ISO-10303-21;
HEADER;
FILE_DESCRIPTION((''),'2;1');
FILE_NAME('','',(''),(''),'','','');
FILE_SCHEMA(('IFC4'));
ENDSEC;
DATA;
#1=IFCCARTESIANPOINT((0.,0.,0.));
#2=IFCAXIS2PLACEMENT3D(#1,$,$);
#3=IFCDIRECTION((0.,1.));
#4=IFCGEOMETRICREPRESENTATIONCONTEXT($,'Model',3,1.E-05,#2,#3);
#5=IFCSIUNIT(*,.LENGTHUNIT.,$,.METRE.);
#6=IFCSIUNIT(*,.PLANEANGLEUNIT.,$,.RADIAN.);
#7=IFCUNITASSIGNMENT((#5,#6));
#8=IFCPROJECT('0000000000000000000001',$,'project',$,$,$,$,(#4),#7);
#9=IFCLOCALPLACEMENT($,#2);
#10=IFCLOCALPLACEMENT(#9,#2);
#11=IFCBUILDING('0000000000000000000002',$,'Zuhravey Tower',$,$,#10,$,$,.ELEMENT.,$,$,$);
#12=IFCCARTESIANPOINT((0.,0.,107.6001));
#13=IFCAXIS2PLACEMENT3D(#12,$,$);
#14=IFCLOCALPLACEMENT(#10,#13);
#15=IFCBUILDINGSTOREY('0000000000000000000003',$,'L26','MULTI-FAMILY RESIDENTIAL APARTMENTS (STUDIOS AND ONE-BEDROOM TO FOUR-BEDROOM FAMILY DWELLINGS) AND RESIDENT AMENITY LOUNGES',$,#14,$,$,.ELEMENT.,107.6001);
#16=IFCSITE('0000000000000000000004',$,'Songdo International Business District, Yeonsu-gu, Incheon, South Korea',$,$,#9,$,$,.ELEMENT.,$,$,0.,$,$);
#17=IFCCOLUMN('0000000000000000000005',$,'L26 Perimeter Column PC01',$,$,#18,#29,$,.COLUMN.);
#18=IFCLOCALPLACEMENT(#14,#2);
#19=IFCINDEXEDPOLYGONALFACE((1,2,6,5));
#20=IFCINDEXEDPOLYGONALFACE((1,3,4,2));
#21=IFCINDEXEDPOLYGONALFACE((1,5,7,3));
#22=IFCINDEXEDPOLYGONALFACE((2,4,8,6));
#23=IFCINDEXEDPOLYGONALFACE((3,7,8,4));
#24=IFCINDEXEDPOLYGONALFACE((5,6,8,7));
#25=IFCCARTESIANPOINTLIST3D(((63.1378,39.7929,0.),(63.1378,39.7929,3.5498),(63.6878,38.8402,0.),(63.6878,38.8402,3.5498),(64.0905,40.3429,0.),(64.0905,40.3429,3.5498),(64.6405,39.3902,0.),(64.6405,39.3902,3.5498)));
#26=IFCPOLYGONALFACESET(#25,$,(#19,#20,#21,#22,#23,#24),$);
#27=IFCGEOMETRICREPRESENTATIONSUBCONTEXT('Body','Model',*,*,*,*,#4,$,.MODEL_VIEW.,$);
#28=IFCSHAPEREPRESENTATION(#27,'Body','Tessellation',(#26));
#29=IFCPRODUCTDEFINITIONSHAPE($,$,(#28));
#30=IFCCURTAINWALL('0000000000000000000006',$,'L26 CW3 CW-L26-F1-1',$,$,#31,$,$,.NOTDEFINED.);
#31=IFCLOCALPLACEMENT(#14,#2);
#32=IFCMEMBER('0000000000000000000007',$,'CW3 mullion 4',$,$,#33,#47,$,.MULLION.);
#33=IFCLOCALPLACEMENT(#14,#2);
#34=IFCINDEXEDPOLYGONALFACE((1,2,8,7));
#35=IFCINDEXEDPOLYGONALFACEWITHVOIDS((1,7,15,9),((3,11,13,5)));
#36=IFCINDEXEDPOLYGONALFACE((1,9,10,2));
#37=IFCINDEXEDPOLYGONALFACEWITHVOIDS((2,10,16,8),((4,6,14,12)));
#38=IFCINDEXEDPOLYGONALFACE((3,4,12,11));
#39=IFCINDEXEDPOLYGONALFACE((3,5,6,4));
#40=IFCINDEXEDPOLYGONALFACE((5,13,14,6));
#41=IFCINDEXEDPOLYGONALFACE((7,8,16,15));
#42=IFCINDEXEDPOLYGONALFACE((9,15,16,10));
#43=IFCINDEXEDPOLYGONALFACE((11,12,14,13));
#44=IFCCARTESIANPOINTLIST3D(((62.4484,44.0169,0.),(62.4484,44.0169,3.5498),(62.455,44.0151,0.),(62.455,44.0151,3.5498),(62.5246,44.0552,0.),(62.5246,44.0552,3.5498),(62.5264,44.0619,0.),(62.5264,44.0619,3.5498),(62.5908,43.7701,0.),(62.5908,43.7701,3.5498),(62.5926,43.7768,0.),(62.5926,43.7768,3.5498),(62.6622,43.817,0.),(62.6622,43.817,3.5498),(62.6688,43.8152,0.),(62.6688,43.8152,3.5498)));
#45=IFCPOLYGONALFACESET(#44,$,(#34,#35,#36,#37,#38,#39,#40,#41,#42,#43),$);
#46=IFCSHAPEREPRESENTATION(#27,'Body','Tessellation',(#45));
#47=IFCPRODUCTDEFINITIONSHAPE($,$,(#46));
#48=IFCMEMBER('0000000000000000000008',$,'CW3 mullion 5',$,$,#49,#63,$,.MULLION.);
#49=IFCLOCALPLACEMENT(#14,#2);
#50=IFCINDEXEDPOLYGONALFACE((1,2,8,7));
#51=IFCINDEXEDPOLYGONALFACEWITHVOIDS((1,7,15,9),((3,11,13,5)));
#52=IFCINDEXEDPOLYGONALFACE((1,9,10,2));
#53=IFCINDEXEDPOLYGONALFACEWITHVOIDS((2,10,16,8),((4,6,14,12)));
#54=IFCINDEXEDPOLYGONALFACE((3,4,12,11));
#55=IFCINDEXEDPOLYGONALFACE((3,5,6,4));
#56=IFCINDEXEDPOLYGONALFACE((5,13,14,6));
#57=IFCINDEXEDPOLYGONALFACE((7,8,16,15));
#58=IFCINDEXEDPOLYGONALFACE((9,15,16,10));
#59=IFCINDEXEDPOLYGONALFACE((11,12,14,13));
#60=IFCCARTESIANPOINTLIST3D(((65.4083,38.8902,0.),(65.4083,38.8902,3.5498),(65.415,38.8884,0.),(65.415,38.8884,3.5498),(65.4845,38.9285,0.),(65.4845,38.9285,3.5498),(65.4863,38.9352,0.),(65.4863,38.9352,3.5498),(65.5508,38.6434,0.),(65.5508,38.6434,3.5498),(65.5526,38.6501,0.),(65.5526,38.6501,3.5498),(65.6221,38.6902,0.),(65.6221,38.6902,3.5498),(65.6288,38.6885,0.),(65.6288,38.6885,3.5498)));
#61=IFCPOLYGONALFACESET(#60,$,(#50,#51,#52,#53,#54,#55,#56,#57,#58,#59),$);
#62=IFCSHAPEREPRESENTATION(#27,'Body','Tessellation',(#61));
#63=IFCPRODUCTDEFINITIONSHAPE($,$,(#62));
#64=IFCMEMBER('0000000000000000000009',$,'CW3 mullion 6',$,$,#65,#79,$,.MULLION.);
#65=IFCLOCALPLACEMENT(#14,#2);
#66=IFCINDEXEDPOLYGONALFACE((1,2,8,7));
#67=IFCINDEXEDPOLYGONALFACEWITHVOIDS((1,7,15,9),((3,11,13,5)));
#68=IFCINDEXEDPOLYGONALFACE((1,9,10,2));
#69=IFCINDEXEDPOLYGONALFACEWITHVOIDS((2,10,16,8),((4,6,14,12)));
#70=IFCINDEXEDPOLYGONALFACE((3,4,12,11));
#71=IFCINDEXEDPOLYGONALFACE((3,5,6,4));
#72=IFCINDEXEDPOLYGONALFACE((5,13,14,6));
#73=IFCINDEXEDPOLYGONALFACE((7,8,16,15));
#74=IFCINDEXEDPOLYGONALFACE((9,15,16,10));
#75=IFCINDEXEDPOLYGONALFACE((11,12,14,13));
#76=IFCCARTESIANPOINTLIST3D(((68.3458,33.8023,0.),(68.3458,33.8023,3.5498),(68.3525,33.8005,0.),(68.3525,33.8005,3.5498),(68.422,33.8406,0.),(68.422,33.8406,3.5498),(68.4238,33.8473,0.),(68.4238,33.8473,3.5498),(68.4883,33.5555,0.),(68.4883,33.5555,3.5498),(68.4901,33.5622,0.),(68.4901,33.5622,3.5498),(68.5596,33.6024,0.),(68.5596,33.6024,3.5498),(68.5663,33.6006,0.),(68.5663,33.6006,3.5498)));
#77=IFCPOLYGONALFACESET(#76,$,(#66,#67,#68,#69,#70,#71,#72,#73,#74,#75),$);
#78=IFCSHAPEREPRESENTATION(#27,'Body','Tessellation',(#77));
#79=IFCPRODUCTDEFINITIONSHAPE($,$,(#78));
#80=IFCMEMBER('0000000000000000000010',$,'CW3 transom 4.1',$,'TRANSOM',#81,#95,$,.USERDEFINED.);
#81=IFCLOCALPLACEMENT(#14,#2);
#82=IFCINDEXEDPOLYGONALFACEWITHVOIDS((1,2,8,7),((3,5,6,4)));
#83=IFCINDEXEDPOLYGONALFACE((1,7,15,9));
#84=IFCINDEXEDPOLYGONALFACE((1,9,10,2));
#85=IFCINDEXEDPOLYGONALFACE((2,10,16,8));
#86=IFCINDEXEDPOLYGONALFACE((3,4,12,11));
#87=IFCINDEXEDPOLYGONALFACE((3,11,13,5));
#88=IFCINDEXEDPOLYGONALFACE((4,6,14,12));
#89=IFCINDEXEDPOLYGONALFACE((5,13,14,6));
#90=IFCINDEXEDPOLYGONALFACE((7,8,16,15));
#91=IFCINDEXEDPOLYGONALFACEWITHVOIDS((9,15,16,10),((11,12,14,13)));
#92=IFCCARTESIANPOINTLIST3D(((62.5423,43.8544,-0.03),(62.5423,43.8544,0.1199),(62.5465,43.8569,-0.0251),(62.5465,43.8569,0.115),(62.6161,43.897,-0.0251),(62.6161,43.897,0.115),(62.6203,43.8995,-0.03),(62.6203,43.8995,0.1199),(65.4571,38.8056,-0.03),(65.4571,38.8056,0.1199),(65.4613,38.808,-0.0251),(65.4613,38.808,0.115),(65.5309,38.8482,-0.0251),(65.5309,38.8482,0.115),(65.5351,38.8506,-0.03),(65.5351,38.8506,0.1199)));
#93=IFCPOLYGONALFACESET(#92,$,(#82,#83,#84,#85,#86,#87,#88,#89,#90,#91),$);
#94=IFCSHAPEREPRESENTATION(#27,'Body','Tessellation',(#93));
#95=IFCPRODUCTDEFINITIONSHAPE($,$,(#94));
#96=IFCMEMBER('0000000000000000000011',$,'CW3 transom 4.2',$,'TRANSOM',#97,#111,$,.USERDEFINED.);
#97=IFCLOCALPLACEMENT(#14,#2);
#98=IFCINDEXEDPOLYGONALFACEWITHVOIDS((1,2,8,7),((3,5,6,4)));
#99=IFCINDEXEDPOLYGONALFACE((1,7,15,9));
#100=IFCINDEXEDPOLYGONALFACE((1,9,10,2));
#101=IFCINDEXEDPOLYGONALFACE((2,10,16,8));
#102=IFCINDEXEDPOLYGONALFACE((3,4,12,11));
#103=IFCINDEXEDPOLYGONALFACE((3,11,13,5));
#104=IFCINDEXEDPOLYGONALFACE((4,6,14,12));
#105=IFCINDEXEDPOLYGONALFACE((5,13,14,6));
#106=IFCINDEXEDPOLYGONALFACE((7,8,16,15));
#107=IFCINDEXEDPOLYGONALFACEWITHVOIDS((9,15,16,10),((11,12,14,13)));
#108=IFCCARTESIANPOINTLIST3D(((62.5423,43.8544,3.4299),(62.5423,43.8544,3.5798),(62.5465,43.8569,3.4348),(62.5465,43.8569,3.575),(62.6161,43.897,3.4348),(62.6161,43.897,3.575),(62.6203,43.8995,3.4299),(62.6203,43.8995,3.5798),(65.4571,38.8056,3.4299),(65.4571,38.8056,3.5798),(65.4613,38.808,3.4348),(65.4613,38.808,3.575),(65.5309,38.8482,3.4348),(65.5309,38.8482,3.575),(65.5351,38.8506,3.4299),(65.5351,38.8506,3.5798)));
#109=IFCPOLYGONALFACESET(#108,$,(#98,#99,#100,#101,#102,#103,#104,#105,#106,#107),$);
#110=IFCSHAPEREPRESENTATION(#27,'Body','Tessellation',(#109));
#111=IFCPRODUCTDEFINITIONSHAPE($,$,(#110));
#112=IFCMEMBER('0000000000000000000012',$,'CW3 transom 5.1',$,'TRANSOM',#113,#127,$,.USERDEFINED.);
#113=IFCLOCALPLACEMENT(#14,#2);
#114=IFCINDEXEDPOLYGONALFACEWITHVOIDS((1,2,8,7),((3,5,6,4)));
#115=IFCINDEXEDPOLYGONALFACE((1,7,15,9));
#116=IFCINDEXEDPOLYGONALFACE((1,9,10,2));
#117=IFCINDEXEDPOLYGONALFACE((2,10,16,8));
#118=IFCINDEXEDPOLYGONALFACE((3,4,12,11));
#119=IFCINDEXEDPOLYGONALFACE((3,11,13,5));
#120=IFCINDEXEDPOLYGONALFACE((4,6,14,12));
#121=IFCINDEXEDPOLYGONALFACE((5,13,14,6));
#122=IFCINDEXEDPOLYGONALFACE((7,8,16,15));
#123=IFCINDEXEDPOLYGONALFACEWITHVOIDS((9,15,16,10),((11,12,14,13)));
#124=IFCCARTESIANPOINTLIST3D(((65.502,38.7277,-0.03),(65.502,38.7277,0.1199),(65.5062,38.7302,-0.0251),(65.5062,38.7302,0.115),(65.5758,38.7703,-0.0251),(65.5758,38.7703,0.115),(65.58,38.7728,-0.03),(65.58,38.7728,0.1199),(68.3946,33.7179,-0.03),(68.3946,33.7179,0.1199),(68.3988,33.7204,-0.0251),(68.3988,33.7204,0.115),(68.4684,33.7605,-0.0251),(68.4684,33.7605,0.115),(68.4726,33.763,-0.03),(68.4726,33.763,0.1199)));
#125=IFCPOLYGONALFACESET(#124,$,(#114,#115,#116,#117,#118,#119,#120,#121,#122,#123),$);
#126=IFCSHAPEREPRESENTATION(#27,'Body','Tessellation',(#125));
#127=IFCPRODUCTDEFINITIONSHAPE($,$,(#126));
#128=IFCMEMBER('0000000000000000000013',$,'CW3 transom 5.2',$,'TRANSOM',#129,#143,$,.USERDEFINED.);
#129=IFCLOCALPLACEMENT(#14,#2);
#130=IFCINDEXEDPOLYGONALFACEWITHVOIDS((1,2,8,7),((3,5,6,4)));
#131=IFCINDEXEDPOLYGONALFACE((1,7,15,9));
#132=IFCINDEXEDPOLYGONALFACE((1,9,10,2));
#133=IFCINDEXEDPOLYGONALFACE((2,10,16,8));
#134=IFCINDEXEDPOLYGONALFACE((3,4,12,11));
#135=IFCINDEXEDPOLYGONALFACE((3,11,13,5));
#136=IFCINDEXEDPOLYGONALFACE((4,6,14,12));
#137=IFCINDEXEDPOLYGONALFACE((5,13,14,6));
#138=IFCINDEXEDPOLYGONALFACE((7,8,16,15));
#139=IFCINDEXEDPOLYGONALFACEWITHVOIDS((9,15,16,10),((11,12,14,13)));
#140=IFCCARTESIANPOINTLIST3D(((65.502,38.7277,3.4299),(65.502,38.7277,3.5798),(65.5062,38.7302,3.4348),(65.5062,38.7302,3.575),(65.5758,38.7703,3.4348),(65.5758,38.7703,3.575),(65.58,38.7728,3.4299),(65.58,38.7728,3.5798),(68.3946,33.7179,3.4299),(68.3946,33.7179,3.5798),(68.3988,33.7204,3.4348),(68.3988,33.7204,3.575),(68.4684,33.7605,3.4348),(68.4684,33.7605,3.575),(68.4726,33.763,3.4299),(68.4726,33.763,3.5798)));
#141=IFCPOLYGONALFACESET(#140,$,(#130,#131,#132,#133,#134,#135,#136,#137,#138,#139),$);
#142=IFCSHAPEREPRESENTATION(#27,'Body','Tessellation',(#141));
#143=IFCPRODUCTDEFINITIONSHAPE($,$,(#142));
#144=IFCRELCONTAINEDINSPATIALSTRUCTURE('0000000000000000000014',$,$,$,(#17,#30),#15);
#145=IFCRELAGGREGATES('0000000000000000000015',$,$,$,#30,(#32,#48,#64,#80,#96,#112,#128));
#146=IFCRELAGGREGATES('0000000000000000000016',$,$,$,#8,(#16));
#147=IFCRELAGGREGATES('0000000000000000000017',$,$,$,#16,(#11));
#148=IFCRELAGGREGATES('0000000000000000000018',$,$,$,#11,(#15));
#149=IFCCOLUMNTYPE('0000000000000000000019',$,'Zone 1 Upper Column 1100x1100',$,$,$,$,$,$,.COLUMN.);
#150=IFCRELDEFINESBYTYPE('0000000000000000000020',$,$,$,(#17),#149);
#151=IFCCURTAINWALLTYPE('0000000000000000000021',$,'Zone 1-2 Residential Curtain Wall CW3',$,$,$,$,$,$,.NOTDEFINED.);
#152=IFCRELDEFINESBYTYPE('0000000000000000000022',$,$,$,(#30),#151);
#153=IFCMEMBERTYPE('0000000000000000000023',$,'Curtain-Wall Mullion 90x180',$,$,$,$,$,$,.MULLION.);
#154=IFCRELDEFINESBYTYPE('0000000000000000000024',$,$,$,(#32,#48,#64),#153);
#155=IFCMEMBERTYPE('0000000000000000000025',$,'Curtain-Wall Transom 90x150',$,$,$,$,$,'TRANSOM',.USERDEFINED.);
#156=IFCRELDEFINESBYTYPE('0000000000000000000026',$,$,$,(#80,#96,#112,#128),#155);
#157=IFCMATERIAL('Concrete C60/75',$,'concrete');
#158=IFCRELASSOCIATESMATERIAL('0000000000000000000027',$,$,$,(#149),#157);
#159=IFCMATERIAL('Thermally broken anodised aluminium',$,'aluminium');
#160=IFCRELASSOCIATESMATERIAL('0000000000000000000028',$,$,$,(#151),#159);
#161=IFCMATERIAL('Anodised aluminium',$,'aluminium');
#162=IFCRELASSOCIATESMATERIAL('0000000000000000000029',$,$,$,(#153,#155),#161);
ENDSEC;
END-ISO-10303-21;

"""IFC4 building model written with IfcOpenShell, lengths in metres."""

from ifc_helpers import new_model, si_unit, direction, frame, origin, origin_2d, place, context, subcontext, project, spatial, rectangle, hollow_rectangle, extrude, material, material_profile, profile_set, type_object, element, aggregate, save


model = new_model("IFC4")

# Units and contexts
model_context = context("Model", 3, precision=1e-05, world=origin(), true_north=direction((0.0, 1.0)))
body_context = subcontext(model_context, "Body", "Model", "MODEL_VIEW")
ifc_project = project(units=[si_unit("LENGTHUNIT", "METRE"), si_unit("PLANEANGLEUNIT", "RADIAN")], contexts=[model_context])

# Site, building, storey
site_placement = place(None, origin())
site = spatial("IfcSite", under=ifc_project, at=site_placement, Name="Songdo International Business District, Yeonsu-gu, Incheon, South Korea", CompositionType="ELEMENT", RefElevation=0.0)
building_placement = place(site_placement, origin())
building = spatial("IfcBuilding", under=site, at=building_placement, Name="Zuhravey Tower", CompositionType="ELEMENT")
storey_placement = place(building_placement, frame((0.0, 0.0, 107.6001)))
storey = spatial("IfcBuildingStorey", under=building, at=storey_placement, Name="L26", Description="MULTI-FAMILY RESIDENTIAL APARTMENTS (STUDIOS AND ONE-BEDROOM TO FOUR-BEDROOM FAMILY DWELLINGS) AND RESIDENT AMENITY LOUNGES", CompositionType="ELEMENT", Elevation=107.6001)

# Column
ifc_material_1 = material(Name="Concrete C60/75", Category="concrete")
ifc_material_profile_1 = material_profile(ifc_material_1, rectangle(XDim=1.1001, YDim=1.1001, at=origin_2d()), Name="RC-1100x1100")
ifc_profile_set_1 = profile_set([ifc_material_profile_1], Name="Concrete C60/75")
column_type = type_object("IfcColumnType", Name="Zone 1 Upper Column 1100x1100", PredefinedType="COLUMN", material=ifc_profile_set_1)
column_placement = place(storey_placement, frame((63.8892, 39.5916, 0.0), z_axis=(0.0, 0.0, 1.0), x_axis=(-0.5, 0.866025, 0.0)))
element("IfcColumn", 1, at=column_placement, inside=storey, type_object=column_type, Name="L26 Perimeter Column PC01", PredefinedType="COLUMN", context=body_context, shape_type="SweptSolid", body=[
    extrude(rectangle(XDim=1.1001, YDim=1.1001, at=origin_2d()), origin(), (0.0, 0.0, 1.0), 3.5498),
])

# Curtain wall, members
ifc_material_2 = material(Name="Thermally broken anodised aluminium", Category="aluminium")
curtain_wall_type = type_object("IfcCurtainWallType", Name="Zone 1-2 Residential Curtain Wall CW3", PredefinedType="NOTDEFINED", material=ifc_material_2)
curtain_wall_placement = place(storey_placement, origin())
curtain_wall = element("IfcCurtainWall", 2, at=curtain_wall_placement, inside=storey, type_object=curtain_wall_type, Name="L26 CW3 CW-L26-F1-1", PredefinedType="NOTDEFINED")
ifc_material_3 = material(Name="Anodised aluminium", Category="aluminium")
ifc_material_profile_2 = material_profile(ifc_material_3, hollow_rectangle(XDim=0.0901, YDim=0.2849, WallThickness=0.0049, at=origin_2d()), Name="ALU-RHS-90x285x5")
ifc_profile_set_2 = profile_set([ifc_material_profile_2], Name="Anodised aluminium")
member_type_1 = type_object("IfcMemberType", Name="Curtain-Wall Mullion 90x180", PredefinedType="MULLION", material=ifc_profile_set_2)
member_1_placement = place(storey_placement, frame((62.5586, 43.916, 0.0), z_axis=(0.0, 0.0, 1.0), x_axis=(0.866026, 0.5, 0.0)))
member_1 = element("IfcMember", 3, at=member_1_placement, type_object=member_type_1, Name="CW3 mullion 4", PredefinedType="MULLION", context=body_context, shape_type="SweptSolid", body=[
    extrude(hollow_rectangle(XDim=0.0901, YDim=0.2849, WallThickness=0.0049, at=origin_2d()), origin(), (0.0, 0.0, 1.0), 3.5498),
])
member_2_placement = place(storey_placement, frame((65.5186, 38.7893, 0.0), z_axis=(0.0, 0.0, 1.0), x_axis=(0.866026, 0.5, 0.0)))
member_2 = element("IfcMember", 4, at=member_2_placement, type_object=member_type_1, Name="CW3 mullion 5", PredefinedType="MULLION", context=body_context, shape_type="SweptSolid", body=[
    extrude(hollow_rectangle(XDim=0.0901, YDim=0.2849, WallThickness=0.0049, at=origin_2d()), origin(), (0.0, 0.0, 1.0), 3.5498),
])
member_3_placement = place(storey_placement, frame((68.4561, 33.7014, 0.0), z_axis=(0.0, 0.0, 1.0), x_axis=(0.866026, 0.5, 0.0)))
member_3 = element("IfcMember", 5, at=member_3_placement, type_object=member_type_1, Name="CW3 mullion 6", PredefinedType="MULLION", context=body_context, shape_type="SweptSolid", body=[
    extrude(hollow_rectangle(XDim=0.0901, YDim=0.2849, WallThickness=0.0049, at=origin_2d()), origin(), (0.0, 0.0, 1.0), 3.5498),
])
ifc_material_profile_3 = material_profile(ifc_material_3, hollow_rectangle(XDim=0.0901, YDim=0.1499, WallThickness=0.0049, at=origin_2d()), Name="ALU-RHS-90x150x5")
ifc_profile_set_3 = profile_set([ifc_material_profile_3], Name="Anodised aluminium")
member_type_2 = type_object("IfcMemberType", Name="Curtain-Wall Transom 90x150", ElementType="TRANSOM", PredefinedType="USERDEFINED", material=ifc_profile_set_3)
member_4_placement = place(storey_placement, frame((62.5813, 43.877, 0.0449), z_axis=(0.499981, -0.866036, 0.0), x_axis=(0.866036, 0.499981, 0.0)))
member_4 = element("IfcMember", 6, at=member_4_placement, type_object=member_type_2, Name="CW3 transom 4.1", ObjectType="TRANSOM", PredefinedType="USERDEFINED", context=body_context, shape_type="SweptSolid", body=[
    extrude(hollow_rectangle(XDim=0.0901, YDim=0.1499, WallThickness=0.0049, at=origin_2d()), origin(), (0.0, 0.0, 1.0), 5.8298),
])
member_5_placement = place(storey_placement, frame((62.5813, 43.877, 3.5049), z_axis=(0.499981, -0.866036, 0.0), x_axis=(0.866036, 0.499981, 0.0)))
member_5 = element("IfcMember", 7, at=member_5_placement, type_object=member_type_2, Name="CW3 transom 4.2", ObjectType="TRANSOM", PredefinedType="USERDEFINED", context=body_context, shape_type="SweptSolid", body=[
    extrude(hollow_rectangle(XDim=0.0901, YDim=0.1499, WallThickness=0.0049, at=origin_2d()), origin(), (0.0, 0.0, 1.0), 5.8298),
])
member_6_placement = place(storey_placement, frame((65.541, 38.7502, 0.0449), z_axis=(0.500024, -0.866011, 0.0), x_axis=(0.866011, 0.500024, 0.0)))
member_6 = element("IfcMember", 8, at=member_6_placement, type_object=member_type_2, Name="CW3 transom 5.1", ObjectType="TRANSOM", PredefinedType="USERDEFINED", context=body_context, shape_type="SweptSolid", body=[
    extrude(hollow_rectangle(XDim=0.0901, YDim=0.1499, WallThickness=0.0049, at=origin_2d()), origin(), (0.0, 0.0, 1.0), 5.7849),
])
member_7_placement = place(storey_placement, frame((65.541, 38.7502, 3.5049), z_axis=(0.500024, -0.866011, 0.0), x_axis=(0.866011, 0.500024, 0.0)))
member_7 = element("IfcMember", 9, at=member_7_placement, type_object=member_type_2, Name="CW3 transom 5.2", ObjectType="TRANSOM", PredefinedType="USERDEFINED", context=body_context, shape_type="SweptSolid", body=[
    extrude(hollow_rectangle(XDim=0.0901, YDim=0.1499, WallThickness=0.0049, at=origin_2d()), origin(), (0.0, 0.0, 1.0), 5.7849),
])

aggregate(curtain_wall, [member_1, member_2, member_3, member_4, member_5, member_6, member_7])

save(model, "model.ifc")
